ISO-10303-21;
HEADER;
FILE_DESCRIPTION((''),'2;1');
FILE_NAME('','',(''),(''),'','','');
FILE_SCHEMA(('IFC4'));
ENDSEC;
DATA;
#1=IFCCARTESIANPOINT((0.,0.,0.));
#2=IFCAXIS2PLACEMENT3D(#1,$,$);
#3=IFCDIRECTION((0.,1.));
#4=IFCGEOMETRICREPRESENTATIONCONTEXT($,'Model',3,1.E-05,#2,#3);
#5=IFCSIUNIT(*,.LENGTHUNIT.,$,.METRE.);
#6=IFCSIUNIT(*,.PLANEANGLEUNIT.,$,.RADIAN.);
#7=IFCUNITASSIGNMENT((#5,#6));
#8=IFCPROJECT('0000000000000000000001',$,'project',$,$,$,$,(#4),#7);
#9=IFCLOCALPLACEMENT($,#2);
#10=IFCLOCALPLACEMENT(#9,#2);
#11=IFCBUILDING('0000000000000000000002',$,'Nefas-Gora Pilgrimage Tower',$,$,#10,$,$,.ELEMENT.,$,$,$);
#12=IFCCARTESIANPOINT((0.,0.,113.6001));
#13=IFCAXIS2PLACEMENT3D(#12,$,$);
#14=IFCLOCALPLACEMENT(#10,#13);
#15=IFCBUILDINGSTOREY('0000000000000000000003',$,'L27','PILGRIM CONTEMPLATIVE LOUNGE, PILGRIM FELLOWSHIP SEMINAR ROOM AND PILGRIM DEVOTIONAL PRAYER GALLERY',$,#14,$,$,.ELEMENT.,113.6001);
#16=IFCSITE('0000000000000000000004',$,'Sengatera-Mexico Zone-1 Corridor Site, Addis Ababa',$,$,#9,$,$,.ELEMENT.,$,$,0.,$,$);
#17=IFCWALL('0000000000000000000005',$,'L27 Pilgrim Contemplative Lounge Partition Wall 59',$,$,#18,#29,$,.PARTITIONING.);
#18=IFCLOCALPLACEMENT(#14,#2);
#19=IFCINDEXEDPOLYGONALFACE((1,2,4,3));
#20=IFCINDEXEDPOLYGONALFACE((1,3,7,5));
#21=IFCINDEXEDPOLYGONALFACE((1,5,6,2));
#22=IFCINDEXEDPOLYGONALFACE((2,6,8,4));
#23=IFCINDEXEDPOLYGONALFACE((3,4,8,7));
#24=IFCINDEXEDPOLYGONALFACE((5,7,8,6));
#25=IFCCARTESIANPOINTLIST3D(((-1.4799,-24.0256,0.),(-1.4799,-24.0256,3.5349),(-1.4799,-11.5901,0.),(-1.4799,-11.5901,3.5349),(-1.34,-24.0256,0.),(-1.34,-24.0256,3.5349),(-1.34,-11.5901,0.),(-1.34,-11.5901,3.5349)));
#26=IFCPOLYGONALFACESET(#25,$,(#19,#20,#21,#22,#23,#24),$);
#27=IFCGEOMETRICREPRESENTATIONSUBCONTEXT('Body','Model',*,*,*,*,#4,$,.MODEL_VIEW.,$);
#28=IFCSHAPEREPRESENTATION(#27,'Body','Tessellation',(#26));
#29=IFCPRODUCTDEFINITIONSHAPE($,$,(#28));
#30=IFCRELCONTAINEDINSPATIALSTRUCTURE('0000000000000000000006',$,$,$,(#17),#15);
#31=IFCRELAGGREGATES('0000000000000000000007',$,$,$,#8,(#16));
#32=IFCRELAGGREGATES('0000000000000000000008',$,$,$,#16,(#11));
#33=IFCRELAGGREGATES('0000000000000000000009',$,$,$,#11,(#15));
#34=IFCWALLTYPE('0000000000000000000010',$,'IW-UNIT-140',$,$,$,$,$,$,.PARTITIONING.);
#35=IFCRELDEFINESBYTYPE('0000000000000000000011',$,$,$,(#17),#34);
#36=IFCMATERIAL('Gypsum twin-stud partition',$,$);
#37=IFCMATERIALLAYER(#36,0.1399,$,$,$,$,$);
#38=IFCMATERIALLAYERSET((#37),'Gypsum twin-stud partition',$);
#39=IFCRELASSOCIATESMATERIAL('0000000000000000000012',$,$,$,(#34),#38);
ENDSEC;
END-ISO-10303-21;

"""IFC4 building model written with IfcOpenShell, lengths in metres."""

from ifc_helpers import new_model, si_unit, direction, frame, frame_2d, origin, place, context, subcontext, project, spatial, rectangle, extrude, source, transform, mapped, material, layer, layer_set, type_object, element, save


model = new_model("IFC4")

# Units and contexts
model_context = context("Model", 3, precision=1e-05, world=origin(), true_north=direction((0.0, 1.0)))
body_context = subcontext(model_context, "Body", "Model", "MODEL_VIEW")
ifc_project = project(units=[si_unit("LENGTHUNIT", "METRE"), si_unit("PLANEANGLEUNIT", "RADIAN")], contexts=[model_context])

# Site, building, storey
site_placement = place(None, origin())
site = spatial("IfcSite", under=ifc_project, at=site_placement, Name="Sengatera-Mexico Zone-1 Corridor Site, Addis Ababa", CompositionType="ELEMENT", RefElevation=0.0)
building_placement = place(site_placement, origin())
building = spatial("IfcBuilding", under=site, at=building_placement, Name="Nefas-Gora Pilgrimage Tower", CompositionType="ELEMENT")
storey_placement = place(building_placement, frame((0.0, 0.0, 113.6001)))
storey = spatial("IfcBuildingStorey", under=building, at=storey_placement, Name="L27", Description="PILGRIM CONTEMPLATIVE LOUNGE, PILGRIM FELLOWSHIP SEMINAR ROOM AND PILGRIM DEVOTIONAL PRAYER GALLERY", CompositionType="ELEMENT", Elevation=113.6001)

# Shared definitions
ifc_material_1 = material(Name="Gypsum twin-stud partition")
ifc_layer_1 = layer(ifc_material_1, 0.1399)
ifc_layer_set_1 = layer_set([ifc_layer_1], Name="Gypsum twin-stud partition")
wall_type_1 = type_object("IfcWallType", Name="IW-UNIT-140", PredefinedType="PARTITIONING", material=ifc_layer_set_1)

# Wall
shared_shape_1 = source(origin(), body_context, "Body", "SweptSolid", [
    extrude(rectangle(XDim=12.4355, YDim=0.1399, at=frame_2d((6.2178, 0.0))), origin(), (0.0, 0.0, 1.0), 3.5349),
])
wall_1_placement = place(storey_placement, frame((-1.4099, -24.0256, 0.0), z_axis=(0.0, 0.0, 1.0), x_axis=(0.0, 1.0, 0.0)))
element("IfcWall", 1, at=wall_1_placement, inside=storey, type_object=wall_type_1, Name="L27 Pilgrim Contemplative Lounge Partition Wall 59", PredefinedType="PARTITIONING", context=body_context, shape_type="MappedRepresentation", body=[
    mapped(shared_shape_1, transform((0.0, 0.0, 0.0), x_axis=(1.0, 0.0, 0.0), y_axis=(0.0, 1.0, 0.0), z_axis=(0.0, 0.0, 1.0), scale=1.0)),
])

save(model, "model.ifc")
